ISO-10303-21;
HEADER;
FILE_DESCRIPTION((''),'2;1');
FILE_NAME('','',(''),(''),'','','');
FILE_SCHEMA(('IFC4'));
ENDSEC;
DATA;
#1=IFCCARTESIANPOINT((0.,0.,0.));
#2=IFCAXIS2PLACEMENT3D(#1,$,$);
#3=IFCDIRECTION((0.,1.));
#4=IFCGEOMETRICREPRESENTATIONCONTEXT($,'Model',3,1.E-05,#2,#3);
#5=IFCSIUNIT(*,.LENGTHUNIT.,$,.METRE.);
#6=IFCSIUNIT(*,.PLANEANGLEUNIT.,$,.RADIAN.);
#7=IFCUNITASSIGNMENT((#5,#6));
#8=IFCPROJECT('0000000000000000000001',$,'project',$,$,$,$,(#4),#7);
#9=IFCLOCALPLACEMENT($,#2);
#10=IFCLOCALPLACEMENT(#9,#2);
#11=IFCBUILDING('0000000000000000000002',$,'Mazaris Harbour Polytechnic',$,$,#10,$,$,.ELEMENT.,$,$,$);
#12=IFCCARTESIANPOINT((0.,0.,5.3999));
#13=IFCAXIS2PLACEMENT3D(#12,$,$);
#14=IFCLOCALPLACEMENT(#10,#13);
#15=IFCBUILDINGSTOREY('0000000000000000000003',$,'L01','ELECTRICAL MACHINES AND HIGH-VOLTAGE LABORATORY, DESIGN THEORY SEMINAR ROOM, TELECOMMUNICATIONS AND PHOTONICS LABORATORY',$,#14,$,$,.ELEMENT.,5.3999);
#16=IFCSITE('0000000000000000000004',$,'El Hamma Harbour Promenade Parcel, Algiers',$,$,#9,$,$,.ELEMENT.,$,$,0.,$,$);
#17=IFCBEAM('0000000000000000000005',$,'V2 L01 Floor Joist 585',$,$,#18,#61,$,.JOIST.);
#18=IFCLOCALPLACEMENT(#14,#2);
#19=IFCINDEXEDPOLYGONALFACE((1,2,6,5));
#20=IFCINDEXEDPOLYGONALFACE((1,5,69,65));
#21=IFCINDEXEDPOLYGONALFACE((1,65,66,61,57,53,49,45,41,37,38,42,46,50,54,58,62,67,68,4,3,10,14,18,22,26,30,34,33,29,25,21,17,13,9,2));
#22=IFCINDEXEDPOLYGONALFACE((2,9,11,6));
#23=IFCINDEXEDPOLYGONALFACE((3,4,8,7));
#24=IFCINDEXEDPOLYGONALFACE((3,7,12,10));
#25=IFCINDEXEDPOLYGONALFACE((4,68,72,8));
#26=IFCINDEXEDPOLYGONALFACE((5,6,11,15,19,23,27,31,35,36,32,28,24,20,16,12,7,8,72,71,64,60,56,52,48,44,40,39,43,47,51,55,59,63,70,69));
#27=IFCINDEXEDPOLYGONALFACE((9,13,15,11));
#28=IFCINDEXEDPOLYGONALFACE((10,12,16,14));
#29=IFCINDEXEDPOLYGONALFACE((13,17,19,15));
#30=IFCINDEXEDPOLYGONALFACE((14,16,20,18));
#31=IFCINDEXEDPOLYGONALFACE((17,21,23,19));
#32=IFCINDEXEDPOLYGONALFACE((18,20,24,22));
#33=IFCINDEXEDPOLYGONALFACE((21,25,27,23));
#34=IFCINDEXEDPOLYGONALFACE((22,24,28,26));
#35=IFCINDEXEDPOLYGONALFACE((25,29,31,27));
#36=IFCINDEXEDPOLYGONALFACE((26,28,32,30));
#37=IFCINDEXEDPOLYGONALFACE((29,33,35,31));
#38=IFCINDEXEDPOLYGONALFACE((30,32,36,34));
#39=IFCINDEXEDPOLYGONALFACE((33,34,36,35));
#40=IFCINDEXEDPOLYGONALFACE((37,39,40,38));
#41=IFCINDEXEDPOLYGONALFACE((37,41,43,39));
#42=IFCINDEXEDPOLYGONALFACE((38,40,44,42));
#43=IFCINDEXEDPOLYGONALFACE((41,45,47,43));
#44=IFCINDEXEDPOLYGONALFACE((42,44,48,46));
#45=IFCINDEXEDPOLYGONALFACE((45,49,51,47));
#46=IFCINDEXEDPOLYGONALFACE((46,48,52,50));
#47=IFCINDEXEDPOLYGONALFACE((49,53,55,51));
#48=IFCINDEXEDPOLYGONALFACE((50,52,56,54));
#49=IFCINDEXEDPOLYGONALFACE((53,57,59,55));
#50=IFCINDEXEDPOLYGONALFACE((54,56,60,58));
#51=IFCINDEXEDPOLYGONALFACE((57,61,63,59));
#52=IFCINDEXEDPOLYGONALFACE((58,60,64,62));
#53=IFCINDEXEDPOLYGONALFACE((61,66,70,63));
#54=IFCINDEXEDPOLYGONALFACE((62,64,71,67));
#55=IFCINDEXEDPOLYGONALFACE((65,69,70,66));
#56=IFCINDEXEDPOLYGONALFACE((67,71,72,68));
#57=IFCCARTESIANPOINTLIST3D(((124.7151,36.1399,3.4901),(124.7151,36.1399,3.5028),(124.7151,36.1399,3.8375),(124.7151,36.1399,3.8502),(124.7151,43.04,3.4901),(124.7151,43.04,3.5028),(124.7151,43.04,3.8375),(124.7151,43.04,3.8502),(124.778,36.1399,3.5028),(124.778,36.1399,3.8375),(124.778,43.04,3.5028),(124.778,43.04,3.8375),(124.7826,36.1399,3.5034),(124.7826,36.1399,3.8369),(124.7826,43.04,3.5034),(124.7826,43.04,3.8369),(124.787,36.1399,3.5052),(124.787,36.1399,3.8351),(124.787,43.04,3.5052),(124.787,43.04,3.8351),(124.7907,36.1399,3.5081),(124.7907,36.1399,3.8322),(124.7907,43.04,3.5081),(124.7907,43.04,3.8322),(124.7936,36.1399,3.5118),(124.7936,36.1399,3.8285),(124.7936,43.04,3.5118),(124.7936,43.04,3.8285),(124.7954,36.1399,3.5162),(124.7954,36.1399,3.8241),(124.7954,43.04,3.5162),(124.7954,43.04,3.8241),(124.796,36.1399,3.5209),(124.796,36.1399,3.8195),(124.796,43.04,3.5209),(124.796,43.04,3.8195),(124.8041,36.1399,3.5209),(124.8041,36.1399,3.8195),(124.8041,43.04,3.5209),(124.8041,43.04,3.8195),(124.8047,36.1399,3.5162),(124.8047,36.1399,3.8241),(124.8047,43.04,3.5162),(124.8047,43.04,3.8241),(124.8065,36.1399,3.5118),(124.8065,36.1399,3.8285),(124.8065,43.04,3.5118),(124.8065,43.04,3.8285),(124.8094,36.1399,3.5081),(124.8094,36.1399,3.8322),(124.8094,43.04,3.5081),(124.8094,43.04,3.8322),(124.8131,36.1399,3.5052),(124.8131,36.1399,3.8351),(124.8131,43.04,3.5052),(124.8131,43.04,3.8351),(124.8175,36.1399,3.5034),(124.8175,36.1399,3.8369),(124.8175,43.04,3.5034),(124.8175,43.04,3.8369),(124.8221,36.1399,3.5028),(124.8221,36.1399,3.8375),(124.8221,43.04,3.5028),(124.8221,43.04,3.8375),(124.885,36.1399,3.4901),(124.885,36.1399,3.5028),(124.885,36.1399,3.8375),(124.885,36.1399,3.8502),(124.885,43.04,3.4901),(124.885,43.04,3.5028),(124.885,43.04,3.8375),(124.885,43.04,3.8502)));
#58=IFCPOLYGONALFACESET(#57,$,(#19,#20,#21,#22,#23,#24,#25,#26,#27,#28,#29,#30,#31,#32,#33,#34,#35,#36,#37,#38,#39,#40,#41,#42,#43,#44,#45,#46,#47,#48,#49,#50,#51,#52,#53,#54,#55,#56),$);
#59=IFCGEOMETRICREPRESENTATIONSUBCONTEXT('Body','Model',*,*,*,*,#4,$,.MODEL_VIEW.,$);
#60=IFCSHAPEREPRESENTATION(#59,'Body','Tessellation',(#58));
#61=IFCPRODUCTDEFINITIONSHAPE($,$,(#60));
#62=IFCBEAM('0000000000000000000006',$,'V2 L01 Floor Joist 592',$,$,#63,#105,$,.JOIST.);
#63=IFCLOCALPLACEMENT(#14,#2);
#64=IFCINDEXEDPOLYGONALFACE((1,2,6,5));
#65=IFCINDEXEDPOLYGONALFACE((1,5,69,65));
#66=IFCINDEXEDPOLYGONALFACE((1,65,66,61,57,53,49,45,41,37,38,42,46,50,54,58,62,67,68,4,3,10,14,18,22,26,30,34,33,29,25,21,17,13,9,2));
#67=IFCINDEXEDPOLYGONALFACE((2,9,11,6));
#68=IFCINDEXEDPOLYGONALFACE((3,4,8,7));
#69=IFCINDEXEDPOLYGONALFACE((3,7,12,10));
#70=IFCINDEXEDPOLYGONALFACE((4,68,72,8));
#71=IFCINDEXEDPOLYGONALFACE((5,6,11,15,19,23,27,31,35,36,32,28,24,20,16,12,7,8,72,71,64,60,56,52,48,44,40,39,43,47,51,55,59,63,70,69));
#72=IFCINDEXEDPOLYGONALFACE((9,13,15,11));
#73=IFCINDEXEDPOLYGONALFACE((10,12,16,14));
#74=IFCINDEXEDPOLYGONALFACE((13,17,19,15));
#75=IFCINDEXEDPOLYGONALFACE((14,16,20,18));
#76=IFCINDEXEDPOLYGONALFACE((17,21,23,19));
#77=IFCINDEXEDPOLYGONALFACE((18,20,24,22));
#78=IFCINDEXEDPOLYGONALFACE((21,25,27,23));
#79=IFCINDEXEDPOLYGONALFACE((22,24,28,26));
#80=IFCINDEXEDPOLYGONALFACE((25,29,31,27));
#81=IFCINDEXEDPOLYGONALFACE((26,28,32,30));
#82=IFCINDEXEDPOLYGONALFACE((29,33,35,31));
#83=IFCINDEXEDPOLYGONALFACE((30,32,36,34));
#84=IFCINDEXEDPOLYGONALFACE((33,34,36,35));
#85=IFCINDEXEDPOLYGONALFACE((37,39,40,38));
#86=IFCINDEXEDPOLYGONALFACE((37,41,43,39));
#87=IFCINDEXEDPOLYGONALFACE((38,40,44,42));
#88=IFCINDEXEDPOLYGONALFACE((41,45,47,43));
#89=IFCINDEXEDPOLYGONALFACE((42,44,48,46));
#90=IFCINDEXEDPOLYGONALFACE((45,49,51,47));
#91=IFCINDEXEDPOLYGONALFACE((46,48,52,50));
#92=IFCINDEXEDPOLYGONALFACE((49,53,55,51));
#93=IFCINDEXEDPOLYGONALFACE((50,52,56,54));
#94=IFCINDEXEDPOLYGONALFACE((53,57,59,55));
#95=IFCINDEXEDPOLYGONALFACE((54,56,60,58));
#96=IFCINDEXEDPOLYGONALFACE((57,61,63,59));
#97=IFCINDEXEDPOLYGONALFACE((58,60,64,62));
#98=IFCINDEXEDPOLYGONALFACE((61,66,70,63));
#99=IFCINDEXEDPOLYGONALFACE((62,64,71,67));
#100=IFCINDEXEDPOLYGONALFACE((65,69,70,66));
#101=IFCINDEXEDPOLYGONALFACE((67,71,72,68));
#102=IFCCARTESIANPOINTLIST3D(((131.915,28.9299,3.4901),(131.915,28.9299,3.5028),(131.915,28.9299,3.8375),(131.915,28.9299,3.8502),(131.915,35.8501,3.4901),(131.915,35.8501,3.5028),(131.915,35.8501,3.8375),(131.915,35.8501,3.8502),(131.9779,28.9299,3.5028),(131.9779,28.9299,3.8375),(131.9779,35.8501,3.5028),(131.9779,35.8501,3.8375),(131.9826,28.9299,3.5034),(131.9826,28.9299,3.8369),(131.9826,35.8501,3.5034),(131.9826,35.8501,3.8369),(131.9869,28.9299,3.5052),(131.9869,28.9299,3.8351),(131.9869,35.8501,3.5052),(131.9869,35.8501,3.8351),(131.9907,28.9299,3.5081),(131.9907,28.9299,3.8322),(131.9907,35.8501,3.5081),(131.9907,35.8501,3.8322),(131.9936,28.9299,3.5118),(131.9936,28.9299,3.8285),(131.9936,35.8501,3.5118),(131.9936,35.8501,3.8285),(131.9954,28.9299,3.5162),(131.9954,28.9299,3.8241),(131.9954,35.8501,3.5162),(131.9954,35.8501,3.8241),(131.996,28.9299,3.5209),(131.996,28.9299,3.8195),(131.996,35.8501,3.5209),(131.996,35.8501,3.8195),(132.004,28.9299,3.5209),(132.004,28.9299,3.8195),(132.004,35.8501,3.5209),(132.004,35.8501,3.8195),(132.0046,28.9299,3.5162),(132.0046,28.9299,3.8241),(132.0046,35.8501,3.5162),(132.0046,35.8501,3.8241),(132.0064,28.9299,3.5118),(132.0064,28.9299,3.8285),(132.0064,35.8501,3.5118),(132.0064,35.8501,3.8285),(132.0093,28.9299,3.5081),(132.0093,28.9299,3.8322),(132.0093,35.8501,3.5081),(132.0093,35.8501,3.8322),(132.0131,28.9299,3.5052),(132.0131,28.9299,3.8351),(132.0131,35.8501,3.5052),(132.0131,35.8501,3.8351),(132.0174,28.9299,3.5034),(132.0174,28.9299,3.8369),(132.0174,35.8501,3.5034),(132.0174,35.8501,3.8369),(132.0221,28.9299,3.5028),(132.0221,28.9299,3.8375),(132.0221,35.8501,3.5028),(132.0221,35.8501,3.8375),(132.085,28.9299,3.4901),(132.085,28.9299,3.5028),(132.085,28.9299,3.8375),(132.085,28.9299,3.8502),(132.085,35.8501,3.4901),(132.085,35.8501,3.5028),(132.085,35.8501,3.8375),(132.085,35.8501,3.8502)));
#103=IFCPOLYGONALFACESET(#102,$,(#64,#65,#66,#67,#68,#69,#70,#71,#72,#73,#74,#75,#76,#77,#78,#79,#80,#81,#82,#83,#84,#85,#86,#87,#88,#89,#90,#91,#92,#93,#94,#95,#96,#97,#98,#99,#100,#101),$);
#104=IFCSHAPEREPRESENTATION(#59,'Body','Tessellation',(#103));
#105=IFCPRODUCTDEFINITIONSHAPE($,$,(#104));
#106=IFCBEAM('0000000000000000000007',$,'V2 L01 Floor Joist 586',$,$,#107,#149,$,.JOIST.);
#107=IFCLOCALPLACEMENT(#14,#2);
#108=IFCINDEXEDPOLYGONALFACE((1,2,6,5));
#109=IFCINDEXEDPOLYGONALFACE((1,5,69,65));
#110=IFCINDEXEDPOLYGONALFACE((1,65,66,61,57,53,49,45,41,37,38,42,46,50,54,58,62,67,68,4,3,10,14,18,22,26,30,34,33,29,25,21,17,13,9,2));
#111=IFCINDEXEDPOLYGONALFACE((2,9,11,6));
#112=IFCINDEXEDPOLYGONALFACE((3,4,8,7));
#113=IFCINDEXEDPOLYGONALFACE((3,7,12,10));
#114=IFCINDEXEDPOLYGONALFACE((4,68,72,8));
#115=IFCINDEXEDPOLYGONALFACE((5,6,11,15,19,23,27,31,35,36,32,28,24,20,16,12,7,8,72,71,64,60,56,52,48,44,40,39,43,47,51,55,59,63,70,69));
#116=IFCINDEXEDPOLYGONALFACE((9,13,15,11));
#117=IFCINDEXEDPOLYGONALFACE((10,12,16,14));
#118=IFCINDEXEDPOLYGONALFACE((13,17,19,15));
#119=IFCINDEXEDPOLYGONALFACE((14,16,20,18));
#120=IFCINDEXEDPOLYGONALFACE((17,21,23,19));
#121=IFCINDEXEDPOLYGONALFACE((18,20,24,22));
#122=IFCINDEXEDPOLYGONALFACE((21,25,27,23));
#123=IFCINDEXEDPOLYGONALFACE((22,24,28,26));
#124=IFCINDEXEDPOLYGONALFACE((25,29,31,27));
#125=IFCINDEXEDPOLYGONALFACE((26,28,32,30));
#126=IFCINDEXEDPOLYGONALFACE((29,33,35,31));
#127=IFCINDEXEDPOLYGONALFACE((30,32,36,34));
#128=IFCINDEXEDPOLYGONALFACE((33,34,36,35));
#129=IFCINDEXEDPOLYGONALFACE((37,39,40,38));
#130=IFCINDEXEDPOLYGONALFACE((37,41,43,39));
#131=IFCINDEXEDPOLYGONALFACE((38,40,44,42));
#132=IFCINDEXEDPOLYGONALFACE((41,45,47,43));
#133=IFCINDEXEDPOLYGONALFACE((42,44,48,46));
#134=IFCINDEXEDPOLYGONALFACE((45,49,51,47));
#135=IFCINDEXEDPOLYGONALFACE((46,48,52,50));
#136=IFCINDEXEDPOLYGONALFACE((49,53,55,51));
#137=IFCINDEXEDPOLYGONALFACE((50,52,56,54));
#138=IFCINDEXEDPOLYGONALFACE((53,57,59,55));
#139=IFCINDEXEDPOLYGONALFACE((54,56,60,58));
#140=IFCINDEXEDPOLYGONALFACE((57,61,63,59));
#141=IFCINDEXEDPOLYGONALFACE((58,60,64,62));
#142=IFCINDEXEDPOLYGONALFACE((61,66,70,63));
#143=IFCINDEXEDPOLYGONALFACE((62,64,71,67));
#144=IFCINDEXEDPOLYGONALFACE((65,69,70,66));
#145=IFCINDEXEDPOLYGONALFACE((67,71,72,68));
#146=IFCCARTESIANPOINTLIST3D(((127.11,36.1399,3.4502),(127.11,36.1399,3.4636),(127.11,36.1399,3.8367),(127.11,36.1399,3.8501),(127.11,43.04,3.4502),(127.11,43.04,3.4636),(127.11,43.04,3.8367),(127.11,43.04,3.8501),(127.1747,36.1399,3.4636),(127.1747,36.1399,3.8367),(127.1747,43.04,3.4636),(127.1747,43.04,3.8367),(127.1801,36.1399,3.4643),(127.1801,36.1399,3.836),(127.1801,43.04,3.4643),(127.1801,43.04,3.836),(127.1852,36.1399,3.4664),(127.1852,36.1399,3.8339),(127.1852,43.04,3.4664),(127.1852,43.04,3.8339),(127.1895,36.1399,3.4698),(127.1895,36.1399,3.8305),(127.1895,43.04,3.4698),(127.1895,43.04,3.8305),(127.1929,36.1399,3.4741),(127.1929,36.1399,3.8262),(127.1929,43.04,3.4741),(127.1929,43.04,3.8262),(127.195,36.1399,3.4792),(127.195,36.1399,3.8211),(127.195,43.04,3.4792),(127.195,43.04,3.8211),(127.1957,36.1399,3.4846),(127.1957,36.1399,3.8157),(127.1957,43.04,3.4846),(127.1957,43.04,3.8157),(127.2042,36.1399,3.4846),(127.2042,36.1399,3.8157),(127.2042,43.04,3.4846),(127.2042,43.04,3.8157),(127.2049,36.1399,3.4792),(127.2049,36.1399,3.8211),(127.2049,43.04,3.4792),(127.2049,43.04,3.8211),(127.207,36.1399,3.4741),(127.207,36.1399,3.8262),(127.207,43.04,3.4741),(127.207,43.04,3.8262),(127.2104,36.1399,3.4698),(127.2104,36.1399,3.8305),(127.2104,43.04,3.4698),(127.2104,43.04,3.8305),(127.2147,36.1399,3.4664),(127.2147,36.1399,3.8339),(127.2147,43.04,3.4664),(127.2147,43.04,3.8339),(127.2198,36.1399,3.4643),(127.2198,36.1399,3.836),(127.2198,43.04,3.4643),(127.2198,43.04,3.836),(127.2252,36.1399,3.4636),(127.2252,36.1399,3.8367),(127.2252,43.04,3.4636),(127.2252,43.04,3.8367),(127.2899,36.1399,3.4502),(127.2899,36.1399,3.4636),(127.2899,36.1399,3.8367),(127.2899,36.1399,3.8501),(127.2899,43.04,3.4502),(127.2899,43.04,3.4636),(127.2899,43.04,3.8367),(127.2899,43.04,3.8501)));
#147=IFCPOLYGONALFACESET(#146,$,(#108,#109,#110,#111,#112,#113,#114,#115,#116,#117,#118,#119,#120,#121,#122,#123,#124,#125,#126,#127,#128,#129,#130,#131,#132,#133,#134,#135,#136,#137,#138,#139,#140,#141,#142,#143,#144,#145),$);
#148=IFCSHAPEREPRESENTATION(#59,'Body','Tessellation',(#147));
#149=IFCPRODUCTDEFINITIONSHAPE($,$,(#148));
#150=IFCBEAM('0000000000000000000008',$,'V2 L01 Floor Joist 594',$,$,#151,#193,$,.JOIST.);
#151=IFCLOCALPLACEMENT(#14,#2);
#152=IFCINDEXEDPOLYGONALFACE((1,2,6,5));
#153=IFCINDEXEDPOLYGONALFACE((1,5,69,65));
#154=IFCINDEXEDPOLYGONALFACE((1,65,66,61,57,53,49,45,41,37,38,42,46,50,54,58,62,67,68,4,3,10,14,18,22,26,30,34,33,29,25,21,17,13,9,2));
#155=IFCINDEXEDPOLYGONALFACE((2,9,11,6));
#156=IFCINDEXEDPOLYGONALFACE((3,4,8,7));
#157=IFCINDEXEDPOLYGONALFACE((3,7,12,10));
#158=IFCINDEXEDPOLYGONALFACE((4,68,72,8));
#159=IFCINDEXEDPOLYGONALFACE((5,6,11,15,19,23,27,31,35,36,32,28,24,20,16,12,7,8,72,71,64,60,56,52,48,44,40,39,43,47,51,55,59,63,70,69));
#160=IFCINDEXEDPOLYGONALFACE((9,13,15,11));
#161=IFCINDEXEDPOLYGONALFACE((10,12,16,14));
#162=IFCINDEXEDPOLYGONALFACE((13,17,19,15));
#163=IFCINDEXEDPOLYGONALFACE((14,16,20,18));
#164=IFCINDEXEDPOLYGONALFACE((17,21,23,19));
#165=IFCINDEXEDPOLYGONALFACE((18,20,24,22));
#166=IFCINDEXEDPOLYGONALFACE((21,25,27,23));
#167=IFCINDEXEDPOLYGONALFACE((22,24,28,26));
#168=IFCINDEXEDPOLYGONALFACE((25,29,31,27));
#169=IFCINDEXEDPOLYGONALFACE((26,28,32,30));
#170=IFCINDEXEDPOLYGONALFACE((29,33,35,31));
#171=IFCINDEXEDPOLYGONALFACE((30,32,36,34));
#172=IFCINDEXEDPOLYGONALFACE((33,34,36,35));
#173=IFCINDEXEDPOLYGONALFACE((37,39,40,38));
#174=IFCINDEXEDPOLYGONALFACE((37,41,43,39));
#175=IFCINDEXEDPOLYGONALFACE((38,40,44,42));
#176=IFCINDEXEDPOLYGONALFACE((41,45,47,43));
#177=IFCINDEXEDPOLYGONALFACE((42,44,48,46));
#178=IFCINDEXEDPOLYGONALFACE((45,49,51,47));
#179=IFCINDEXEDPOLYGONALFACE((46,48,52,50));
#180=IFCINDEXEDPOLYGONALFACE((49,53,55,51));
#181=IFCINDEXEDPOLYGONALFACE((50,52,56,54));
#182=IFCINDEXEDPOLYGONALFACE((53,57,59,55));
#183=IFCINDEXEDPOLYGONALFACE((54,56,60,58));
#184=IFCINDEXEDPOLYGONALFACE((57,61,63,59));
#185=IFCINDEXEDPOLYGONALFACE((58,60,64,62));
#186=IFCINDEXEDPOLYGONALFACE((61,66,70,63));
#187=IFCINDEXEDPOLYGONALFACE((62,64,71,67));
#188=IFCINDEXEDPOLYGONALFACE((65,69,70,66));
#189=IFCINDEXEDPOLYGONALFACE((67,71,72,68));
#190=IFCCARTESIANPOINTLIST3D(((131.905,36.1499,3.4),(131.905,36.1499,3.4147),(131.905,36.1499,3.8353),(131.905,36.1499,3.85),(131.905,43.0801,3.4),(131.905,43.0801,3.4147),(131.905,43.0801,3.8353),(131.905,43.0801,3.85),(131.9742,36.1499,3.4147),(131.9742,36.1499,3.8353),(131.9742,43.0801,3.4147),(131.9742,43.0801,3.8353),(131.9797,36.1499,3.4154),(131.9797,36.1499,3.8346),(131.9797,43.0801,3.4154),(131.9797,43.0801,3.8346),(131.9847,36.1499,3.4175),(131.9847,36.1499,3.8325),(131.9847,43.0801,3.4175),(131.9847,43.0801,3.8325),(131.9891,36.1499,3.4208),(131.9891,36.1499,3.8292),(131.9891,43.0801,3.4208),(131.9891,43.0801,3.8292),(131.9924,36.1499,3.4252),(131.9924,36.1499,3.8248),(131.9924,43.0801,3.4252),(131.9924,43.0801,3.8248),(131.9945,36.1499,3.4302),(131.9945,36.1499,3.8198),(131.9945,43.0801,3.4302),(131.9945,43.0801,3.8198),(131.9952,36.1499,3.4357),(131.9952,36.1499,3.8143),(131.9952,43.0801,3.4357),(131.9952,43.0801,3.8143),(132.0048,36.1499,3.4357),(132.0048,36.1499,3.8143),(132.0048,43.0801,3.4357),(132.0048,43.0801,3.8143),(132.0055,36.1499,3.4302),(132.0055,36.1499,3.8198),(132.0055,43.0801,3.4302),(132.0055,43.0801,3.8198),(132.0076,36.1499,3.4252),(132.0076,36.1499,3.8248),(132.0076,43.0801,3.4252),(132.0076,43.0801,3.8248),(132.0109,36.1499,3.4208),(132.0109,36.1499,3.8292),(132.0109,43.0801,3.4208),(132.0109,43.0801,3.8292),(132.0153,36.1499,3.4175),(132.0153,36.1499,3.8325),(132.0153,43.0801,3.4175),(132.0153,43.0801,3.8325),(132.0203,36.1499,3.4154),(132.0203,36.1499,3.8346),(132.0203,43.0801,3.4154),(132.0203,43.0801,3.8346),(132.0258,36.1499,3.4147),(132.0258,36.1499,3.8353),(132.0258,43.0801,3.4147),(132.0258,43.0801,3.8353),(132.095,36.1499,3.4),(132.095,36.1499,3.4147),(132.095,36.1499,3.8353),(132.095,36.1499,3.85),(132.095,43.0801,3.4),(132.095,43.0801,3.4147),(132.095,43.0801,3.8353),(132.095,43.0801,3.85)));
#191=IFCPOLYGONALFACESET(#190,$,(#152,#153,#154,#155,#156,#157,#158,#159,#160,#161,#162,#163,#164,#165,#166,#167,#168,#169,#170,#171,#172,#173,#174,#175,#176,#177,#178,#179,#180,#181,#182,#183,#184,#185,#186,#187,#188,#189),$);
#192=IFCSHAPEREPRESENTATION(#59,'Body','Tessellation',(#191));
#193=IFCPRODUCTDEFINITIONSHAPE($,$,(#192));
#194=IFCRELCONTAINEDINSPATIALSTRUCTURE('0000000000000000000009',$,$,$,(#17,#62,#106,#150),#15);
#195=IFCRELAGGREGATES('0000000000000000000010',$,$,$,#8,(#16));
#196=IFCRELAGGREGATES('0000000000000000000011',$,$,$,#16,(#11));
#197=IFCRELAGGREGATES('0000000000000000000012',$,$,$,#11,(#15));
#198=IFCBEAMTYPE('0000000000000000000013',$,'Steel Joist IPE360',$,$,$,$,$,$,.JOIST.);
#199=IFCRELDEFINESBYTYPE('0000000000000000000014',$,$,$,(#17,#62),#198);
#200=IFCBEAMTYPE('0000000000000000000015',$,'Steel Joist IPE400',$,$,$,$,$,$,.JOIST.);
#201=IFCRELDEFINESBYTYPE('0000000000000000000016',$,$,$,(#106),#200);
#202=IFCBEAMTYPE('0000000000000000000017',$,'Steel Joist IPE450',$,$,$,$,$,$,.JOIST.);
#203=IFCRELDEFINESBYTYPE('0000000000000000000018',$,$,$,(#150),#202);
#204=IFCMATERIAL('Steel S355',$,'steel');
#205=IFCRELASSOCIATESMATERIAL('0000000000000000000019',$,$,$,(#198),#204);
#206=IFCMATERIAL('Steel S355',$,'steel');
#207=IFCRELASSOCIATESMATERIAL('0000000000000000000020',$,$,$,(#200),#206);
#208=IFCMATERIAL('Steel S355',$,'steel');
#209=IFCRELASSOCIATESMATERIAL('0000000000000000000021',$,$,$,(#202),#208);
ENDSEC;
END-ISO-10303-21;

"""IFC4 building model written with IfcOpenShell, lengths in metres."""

from ifc_helpers import new_model, si_unit, direction, frame, origin, origin_2d, place, context, subcontext, project, spatial, i_section, extrude, material, material_profile, profile_set, type_object, element, save


model = new_model("IFC4")

# Units and contexts
model_context = context("Model", 3, precision=1e-05, world=origin(), true_north=direction((0.0, 1.0)))
body_context = subcontext(model_context, "Body", "Model", "MODEL_VIEW")
ifc_project = project(units=[si_unit("LENGTHUNIT", "METRE"), si_unit("PLANEANGLEUNIT", "RADIAN")], contexts=[model_context])

# Site, building, storey
site_placement = place(None, origin())
site = spatial("IfcSite", under=ifc_project, at=site_placement, Name="El Hamma Harbour Promenade Parcel, Algiers", CompositionType="ELEMENT", RefElevation=0.0)
building_placement = place(site_placement, origin())
building = spatial("IfcBuilding", under=site, at=building_placement, Name="Mazaris Harbour Polytechnic", CompositionType="ELEMENT")
storey_placement = place(building_placement, frame((0.0, 0.0, 5.3999)))
storey = spatial("IfcBuildingStorey", under=building, at=storey_placement, Name="L01", Description="ELECTRICAL MACHINES AND HIGH-VOLTAGE LABORATORY, DESIGN THEORY SEMINAR ROOM, TELECOMMUNICATIONS AND PHOTONICS LABORATORY", CompositionType="ELEMENT", Elevation=5.3999)

# Beams
ifc_material_1 = material(Name="Steel S355", Category="steel")
ifc_material_profile_1 = material_profile(ifc_material_1, i_section(OverallWidth=0.1699, OverallDepth=0.3601, WebThickness=0.0081, FlangeThickness=0.0127, FilletRadius=0.0181, at=origin_2d()), Name="IPE 360")
ifc_profile_set_1 = profile_set([ifc_material_profile_1], Name="Steel S355")
beam_type_1 = type_object("IfcBeamType", Name="Steel Joist IPE360", PredefinedType="JOIST", material=ifc_profile_set_1)
beam_1_placement = place(storey_placement, frame((124.8, 36.1399, 3.6702), z_axis=(0.0, 1.0, 0.0), x_axis=(-1.0, 0.0, 0.0)))
element("IfcBeam", 1, at=beam_1_placement, inside=storey, type_object=beam_type_1, Name="V2 L01 Floor Joist 585", PredefinedType="JOIST", context=body_context, shape_type="SweptSolid", body=[
    extrude(i_section(OverallWidth=0.1699, OverallDepth=0.3601, WebThickness=0.0081, FlangeThickness=0.0127, FilletRadius=0.0181, at=origin_2d()), origin(), (0.0, 0.0, 1.0), 6.9001),
])
beam_2_placement = place(storey_placement, frame((132.0, 28.9299, 3.6702), z_axis=(0.0, 1.0, 0.0), x_axis=(-1.0, 0.0, 0.0)))
element("IfcBeam", 2, at=beam_2_placement, inside=storey, type_object=beam_type_1, Name="V2 L01 Floor Joist 592", PredefinedType="JOIST", context=body_context, shape_type="SweptSolid", body=[
    extrude(i_section(OverallWidth=0.1699, OverallDepth=0.3601, WebThickness=0.0081, FlangeThickness=0.0127, FilletRadius=0.0181, at=origin_2d()), origin(), (0.0, 0.0, 1.0), 6.9202),
])
ifc_material_2 = material(Name="Steel S355", Category="steel")
ifc_material_profile_2 = material_profile(ifc_material_2, i_section(OverallWidth=0.1799, OverallDepth=0.3999, WebThickness=0.0085, FlangeThickness=0.0134, FilletRadius=0.021, at=origin_2d()), Name="IPE 400")
ifc_profile_set_2 = profile_set([ifc_material_profile_2], Name="Steel S355")
beam_type_2 = type_object("IfcBeamType", Name="Steel Joist IPE400", PredefinedType="JOIST", material=ifc_profile_set_2)
beam_3_placement = place(storey_placement, frame((127.2, 36.1399, 3.6501), z_axis=(0.0, 1.0, 0.0), x_axis=(-1.0, 0.0, 0.0)))
element("IfcBeam", 3, at=beam_3_placement, inside=storey, type_object=beam_type_2, Name="V2 L01 Floor Joist 586", PredefinedType="JOIST", context=body_context, shape_type="SweptSolid", body=[
    extrude(i_section(OverallWidth=0.1799, OverallDepth=0.3999, WebThickness=0.0085, FlangeThickness=0.0134, FilletRadius=0.021, at=origin_2d()), origin(), (0.0, 0.0, 1.0), 6.9001),
])
ifc_material_3 = material(Name="Steel S355", Category="steel")
ifc_material_profile_3 = material_profile(ifc_material_3, i_section(OverallWidth=0.1899, OverallDepth=0.45, WebThickness=0.0095, FlangeThickness=0.0146, FilletRadius=0.021, at=origin_2d()), Name="IPE 450")
ifc_profile_set_3 = profile_set([ifc_material_profile_3], Name="Steel S355")
beam_type_3 = type_object("IfcBeamType", Name="Steel Joist IPE450", PredefinedType="JOIST", material=ifc_profile_set_3)
beam_4_placement = place(storey_placement, frame((132.0, 36.1499, 3.625), z_axis=(0.0, 1.0, 0.0), x_axis=(-1.0, 0.0, 0.0)))
element("IfcBeam", 4, at=beam_4_placement, inside=storey, type_object=beam_type_3, Name="V2 L01 Floor Joist 594", PredefinedType="JOIST", context=body_context, shape_type="SweptSolid", body=[
    extrude(i_section(OverallWidth=0.1899, OverallDepth=0.45, WebThickness=0.0095, FlangeThickness=0.0146, FilletRadius=0.021, at=origin_2d()), origin(), (0.0, 0.0, 1.0), 6.9302),
])

save(model, "model.ifc")
